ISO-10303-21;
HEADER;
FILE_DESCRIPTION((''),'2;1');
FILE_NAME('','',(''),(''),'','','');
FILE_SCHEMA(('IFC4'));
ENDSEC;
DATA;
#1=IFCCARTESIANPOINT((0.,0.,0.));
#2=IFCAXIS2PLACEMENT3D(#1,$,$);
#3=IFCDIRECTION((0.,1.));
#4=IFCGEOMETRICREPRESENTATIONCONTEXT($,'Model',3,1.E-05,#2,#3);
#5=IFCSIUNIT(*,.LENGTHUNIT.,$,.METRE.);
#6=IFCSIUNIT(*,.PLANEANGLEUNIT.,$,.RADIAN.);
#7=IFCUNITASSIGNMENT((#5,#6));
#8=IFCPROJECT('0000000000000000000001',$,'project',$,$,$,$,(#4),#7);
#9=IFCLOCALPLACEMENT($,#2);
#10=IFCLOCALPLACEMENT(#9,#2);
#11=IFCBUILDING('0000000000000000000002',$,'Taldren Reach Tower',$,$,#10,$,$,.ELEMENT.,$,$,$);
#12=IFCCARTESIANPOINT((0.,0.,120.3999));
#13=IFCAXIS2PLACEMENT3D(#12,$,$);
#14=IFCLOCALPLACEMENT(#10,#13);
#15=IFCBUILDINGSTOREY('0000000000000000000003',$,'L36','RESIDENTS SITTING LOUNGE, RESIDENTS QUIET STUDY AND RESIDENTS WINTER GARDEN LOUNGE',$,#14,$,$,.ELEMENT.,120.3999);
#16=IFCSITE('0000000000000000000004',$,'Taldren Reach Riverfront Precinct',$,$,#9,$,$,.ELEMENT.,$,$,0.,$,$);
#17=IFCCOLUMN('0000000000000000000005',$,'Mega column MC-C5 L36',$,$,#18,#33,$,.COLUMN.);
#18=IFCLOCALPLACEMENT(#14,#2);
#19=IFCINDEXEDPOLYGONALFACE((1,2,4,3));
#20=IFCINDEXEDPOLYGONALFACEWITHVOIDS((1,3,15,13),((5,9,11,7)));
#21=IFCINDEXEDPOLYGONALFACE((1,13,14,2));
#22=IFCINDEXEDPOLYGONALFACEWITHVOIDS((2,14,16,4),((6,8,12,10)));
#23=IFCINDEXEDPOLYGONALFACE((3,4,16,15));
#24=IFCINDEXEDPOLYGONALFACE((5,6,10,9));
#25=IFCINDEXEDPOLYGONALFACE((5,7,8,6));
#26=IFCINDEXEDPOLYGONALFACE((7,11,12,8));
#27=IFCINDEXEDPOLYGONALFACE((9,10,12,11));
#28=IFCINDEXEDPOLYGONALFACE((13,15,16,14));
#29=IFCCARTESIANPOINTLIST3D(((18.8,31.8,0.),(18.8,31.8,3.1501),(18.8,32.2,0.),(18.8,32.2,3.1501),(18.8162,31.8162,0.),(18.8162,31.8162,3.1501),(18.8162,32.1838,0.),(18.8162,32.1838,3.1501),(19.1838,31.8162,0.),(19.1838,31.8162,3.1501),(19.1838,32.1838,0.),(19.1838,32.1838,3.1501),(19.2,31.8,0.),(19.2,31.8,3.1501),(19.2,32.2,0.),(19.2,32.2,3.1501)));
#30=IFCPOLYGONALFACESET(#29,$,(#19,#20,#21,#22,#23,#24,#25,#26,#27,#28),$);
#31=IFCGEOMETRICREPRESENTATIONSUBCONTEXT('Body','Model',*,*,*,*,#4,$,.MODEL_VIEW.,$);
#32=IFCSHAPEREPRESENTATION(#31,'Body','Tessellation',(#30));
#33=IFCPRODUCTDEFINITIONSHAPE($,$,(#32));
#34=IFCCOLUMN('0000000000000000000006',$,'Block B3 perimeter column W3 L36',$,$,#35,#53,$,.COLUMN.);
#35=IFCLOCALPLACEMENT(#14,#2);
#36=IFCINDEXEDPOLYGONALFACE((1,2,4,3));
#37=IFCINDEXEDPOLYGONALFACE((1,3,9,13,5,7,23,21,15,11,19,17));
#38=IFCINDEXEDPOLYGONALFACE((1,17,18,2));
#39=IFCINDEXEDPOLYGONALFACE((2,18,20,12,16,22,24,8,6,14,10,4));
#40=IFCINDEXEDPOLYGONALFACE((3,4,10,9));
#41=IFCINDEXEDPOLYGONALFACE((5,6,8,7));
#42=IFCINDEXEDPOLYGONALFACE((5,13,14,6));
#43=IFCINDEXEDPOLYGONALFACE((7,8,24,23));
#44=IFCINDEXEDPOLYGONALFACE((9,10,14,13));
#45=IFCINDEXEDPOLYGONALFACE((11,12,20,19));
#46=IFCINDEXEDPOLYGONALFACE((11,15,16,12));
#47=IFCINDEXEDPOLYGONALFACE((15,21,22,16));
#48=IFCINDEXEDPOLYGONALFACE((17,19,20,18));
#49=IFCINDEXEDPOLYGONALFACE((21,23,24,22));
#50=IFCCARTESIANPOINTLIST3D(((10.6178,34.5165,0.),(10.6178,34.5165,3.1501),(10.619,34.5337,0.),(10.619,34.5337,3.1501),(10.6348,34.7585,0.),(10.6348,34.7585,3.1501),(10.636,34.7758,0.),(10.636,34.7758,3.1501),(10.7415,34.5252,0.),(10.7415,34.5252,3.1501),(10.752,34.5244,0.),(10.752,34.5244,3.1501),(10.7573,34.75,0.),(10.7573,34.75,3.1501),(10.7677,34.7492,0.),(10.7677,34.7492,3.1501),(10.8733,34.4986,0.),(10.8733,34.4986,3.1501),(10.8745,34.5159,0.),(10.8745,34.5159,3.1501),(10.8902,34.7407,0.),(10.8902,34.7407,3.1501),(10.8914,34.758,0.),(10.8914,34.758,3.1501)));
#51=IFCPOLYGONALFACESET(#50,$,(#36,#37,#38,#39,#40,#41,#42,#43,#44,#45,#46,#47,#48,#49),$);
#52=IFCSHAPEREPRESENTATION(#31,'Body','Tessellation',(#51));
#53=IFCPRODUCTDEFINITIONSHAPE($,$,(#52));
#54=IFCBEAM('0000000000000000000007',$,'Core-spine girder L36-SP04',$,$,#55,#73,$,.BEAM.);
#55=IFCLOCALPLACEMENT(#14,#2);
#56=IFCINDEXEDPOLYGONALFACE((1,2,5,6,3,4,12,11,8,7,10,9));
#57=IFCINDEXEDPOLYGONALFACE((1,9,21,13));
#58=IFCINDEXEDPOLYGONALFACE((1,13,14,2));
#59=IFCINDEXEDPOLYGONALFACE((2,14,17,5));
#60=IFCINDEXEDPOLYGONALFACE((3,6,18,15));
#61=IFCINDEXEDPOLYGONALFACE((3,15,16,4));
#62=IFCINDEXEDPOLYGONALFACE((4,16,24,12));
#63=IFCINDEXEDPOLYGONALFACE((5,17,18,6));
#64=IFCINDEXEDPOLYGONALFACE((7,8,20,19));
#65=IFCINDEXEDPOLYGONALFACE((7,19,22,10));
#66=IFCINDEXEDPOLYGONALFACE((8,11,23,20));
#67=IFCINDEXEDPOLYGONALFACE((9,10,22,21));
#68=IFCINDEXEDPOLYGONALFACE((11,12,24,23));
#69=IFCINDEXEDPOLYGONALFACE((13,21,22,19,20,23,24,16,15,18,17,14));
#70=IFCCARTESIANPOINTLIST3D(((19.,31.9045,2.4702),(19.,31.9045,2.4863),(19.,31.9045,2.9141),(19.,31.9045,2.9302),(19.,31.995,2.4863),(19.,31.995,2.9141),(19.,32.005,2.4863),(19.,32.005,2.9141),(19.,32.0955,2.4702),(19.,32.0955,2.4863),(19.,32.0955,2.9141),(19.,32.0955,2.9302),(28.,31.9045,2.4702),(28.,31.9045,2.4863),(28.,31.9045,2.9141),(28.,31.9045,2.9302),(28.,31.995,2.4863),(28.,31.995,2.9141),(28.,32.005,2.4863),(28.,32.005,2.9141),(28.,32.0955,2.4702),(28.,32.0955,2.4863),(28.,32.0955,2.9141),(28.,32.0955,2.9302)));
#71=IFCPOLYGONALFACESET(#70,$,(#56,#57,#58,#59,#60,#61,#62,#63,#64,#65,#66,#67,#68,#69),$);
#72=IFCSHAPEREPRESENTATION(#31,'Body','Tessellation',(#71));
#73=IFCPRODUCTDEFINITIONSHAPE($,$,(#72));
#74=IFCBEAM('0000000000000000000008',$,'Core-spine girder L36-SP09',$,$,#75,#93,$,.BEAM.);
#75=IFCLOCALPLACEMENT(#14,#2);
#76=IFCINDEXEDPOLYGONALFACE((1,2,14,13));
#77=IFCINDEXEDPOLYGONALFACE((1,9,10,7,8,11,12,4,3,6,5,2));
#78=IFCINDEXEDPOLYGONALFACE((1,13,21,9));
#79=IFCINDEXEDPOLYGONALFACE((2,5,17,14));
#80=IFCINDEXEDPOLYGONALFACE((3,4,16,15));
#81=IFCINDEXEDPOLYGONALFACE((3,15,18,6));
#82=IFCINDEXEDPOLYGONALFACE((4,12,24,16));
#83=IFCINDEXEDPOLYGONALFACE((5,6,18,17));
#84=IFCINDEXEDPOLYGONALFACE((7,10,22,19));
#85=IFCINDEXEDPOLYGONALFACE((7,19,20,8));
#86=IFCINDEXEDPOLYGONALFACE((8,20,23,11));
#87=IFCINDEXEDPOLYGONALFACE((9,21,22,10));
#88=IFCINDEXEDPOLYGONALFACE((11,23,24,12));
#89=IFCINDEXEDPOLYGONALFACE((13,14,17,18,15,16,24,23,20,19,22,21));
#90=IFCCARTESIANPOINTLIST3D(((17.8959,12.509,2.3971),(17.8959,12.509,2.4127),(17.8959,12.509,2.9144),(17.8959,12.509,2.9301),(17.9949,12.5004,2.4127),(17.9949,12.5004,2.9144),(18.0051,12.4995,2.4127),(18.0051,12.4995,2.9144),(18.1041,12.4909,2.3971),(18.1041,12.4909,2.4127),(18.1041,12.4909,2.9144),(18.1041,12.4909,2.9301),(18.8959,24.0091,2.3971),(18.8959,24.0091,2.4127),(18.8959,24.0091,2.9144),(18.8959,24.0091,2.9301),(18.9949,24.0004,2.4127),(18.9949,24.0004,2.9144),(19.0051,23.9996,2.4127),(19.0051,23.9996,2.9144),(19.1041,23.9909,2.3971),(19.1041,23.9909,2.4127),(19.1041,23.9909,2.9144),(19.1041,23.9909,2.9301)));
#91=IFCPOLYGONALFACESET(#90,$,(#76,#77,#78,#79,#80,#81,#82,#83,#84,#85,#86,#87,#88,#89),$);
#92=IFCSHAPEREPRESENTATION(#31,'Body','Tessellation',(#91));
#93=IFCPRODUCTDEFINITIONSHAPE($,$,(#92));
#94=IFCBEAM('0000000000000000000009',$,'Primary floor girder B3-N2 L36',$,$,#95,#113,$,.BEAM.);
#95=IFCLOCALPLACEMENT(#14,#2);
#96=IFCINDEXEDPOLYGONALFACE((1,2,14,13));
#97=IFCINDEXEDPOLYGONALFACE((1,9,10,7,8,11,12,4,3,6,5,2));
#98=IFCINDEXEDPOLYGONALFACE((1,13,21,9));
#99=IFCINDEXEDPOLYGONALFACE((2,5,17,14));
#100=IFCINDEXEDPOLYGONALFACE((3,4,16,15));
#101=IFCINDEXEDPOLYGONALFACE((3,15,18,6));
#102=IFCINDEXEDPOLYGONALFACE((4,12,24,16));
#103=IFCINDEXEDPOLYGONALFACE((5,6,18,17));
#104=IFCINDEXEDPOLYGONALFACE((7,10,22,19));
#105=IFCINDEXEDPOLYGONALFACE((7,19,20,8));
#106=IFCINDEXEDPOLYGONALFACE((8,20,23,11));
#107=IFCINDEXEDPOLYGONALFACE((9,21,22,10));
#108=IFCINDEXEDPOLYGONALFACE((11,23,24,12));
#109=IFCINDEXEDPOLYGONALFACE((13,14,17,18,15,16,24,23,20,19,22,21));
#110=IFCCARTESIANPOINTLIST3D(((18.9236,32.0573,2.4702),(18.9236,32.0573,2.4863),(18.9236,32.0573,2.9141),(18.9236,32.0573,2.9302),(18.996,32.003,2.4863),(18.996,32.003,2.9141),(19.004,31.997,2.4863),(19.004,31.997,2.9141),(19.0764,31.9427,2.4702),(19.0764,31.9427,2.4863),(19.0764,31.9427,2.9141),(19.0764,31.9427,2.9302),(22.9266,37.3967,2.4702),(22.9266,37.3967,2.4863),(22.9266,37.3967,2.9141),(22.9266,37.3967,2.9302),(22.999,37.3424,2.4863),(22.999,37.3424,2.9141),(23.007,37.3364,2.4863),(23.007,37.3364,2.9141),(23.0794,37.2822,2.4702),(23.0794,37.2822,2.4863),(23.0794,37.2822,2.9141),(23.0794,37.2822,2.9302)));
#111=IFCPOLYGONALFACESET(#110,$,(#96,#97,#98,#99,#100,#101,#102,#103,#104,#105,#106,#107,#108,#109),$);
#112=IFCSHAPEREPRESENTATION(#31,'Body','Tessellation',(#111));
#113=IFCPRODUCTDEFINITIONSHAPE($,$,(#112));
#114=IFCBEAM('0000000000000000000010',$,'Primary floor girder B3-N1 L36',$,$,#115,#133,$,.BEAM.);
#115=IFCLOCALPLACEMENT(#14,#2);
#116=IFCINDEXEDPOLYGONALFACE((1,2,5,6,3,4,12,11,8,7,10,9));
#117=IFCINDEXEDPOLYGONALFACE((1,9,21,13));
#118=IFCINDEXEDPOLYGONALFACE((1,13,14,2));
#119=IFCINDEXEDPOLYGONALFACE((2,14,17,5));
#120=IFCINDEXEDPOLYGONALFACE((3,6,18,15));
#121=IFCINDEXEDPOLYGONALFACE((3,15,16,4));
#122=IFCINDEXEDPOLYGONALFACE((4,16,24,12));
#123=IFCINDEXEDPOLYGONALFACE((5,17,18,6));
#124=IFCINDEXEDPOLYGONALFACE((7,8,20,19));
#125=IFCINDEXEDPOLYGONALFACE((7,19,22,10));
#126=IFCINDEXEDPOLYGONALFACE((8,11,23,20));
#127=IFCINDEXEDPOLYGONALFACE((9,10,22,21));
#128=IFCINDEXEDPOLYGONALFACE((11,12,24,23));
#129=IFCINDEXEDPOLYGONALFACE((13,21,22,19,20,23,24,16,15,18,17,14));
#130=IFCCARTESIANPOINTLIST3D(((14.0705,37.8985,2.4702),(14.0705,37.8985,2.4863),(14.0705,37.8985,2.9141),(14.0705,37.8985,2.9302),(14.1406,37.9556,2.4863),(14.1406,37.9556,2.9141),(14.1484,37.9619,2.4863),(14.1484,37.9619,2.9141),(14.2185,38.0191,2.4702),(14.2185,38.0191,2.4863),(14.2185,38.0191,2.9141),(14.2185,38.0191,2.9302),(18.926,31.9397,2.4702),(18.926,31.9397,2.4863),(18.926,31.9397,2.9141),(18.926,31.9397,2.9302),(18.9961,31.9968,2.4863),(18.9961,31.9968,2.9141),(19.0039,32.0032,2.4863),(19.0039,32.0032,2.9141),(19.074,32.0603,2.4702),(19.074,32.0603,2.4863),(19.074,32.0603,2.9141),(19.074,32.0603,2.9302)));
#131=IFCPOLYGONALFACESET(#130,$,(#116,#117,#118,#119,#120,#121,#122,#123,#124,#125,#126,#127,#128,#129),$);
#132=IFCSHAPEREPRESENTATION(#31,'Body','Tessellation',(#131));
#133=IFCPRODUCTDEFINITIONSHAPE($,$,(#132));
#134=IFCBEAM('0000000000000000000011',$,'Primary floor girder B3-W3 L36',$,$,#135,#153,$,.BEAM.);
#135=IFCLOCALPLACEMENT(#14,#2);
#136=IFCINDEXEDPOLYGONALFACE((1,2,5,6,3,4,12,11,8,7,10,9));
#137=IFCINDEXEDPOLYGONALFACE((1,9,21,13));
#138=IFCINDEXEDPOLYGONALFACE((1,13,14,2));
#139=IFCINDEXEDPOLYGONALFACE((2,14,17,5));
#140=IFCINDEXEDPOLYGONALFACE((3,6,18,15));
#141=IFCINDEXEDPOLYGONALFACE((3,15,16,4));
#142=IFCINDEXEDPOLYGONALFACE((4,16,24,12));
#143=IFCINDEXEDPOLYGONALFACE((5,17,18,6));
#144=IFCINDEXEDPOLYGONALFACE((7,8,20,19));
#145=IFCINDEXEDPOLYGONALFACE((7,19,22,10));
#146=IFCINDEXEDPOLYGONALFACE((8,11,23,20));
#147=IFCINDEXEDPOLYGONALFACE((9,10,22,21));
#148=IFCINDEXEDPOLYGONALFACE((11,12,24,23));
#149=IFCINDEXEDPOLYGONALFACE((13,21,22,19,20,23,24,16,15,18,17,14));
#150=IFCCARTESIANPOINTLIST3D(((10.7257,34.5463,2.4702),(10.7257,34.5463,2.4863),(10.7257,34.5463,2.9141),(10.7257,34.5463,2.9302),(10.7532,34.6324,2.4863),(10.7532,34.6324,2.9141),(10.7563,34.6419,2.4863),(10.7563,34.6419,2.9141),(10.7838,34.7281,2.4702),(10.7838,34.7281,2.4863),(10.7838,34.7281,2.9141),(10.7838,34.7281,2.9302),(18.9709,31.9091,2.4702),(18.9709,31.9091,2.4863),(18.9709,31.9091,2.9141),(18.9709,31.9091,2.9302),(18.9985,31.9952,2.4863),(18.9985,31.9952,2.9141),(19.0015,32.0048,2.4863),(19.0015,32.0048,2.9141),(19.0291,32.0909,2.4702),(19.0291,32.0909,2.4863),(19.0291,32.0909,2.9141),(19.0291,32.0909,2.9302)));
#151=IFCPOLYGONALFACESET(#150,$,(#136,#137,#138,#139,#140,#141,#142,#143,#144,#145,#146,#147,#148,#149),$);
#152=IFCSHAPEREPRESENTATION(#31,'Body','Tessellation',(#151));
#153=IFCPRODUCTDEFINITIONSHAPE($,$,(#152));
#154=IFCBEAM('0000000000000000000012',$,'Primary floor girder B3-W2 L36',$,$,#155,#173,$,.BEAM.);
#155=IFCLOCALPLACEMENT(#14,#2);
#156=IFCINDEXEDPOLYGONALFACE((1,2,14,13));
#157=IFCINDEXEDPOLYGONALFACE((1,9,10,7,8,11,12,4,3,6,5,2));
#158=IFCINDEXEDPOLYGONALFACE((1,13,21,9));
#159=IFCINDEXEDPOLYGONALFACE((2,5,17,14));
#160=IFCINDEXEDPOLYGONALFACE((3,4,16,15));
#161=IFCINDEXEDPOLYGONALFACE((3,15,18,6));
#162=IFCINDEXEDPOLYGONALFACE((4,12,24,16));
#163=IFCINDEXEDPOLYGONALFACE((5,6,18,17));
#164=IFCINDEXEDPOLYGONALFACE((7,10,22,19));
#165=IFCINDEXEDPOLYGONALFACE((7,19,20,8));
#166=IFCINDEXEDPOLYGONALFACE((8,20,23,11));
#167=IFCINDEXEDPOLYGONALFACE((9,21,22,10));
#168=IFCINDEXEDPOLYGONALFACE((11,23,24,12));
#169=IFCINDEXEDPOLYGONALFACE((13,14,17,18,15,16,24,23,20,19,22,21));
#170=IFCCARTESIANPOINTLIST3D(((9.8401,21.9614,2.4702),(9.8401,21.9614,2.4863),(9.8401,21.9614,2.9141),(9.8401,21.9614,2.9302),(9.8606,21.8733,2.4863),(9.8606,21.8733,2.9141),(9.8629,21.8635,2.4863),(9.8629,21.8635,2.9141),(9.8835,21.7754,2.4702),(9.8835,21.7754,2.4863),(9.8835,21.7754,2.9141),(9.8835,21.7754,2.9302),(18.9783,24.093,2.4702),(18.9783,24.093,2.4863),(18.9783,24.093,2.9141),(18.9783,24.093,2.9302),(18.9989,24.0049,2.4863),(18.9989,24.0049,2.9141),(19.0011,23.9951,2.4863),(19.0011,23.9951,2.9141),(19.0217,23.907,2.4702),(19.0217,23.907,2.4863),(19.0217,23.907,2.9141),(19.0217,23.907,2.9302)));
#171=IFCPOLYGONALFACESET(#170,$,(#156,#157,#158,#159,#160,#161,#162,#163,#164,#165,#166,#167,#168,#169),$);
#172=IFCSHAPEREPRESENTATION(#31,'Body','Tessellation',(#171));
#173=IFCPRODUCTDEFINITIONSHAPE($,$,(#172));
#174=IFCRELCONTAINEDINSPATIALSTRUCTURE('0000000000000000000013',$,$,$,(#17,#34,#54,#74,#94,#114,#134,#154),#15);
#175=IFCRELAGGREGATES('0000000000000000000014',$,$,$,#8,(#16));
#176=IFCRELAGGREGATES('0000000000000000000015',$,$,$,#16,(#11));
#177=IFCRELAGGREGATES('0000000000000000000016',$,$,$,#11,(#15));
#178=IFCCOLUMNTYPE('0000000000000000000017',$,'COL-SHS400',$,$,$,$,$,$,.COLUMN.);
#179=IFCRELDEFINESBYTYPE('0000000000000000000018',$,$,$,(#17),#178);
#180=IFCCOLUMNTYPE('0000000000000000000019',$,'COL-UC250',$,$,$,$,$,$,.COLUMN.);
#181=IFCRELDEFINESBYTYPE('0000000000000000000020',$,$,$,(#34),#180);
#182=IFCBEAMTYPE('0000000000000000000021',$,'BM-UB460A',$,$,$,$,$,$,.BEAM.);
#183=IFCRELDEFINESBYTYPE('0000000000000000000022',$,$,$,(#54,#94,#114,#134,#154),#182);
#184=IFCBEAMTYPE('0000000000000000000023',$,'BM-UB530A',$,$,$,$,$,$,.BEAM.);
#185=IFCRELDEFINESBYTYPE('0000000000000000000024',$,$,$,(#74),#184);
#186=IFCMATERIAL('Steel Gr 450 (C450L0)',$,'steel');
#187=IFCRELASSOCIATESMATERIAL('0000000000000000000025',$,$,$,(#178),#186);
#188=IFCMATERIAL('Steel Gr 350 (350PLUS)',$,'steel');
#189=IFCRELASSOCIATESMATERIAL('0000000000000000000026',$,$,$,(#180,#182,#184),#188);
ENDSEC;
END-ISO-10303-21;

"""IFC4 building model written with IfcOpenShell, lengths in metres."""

from ifc_helpers import new_model, si_unit, direction, frame, origin, origin_2d, place, context, subcontext, project, spatial, hollow_rectangle, i_section, extrude, source, transform, mapped, material, material_profile, profile_set, type_object, element, save


model = new_model("IFC4")

# Units and contexts
model_context = context("Model", 3, precision=1e-05, world=origin(), true_north=direction((0.0, 1.0)))
body_context = subcontext(model_context, "Body", "Model", "MODEL_VIEW")
ifc_project = project(units=[si_unit("LENGTHUNIT", "METRE"), si_unit("PLANEANGLEUNIT", "RADIAN")], contexts=[model_context])

# Site, building, storey
site_placement = place(None, origin())
site = spatial("IfcSite", under=ifc_project, at=site_placement, Name="Taldren Reach Riverfront Precinct", CompositionType="ELEMENT", RefElevation=0.0)
building_placement = place(site_placement, origin())
building = spatial("IfcBuilding", under=site, at=building_placement, Name="Taldren Reach Tower", CompositionType="ELEMENT")
storey_placement = place(building_placement, frame((0.0, 0.0, 120.3999)))
storey = spatial("IfcBuildingStorey", under=building, at=storey_placement, Name="L36", Description="RESIDENTS SITTING LOUNGE, RESIDENTS QUIET STUDY AND RESIDENTS WINTER GARDEN LOUNGE", CompositionType="ELEMENT", Elevation=120.3999)

# Columns
ifc_material_1 = material(Name="Steel Gr 450 (C450L0)", Category="steel")
ifc_material_profile_1 = material_profile(ifc_material_1, hollow_rectangle(XDim=0.3999, YDim=0.3999, WallThickness=0.0161, at=origin_2d()), Name="400x400x16.0SHS")
ifc_profile_set_1 = profile_set([ifc_material_profile_1], Name="Steel Gr 450 (C450L0)")
column_type_1 = type_object("IfcColumnType", Name="COL-SHS400", PredefinedType="COLUMN", material=ifc_profile_set_1)
shared_shape_1 = source(origin(), body_context, "Body", "SweptSolid", [
    extrude(hollow_rectangle(XDim=0.3999, YDim=0.3999, WallThickness=0.0161, at=origin_2d()), origin(), (0.0, 0.0, 1.0), 3.1501),
])
column_1_placement = place(storey_placement, frame((19.0, 32.0, 0.0), z_axis=(0.0, 0.0, 1.0), x_axis=(1.0, 0.0, 0.0)))
element("IfcColumn", 1, at=column_1_placement, inside=storey, type_object=column_type_1, Name="Mega column MC-C5 L36", PredefinedType="COLUMN", context=body_context, shape_type="MappedRepresentation", body=[
    mapped(shared_shape_1, transform((0.0, 0.0, 0.0), scale=1.0)),
])
ifc_material_2 = material(Name="Steel Gr 350 (350PLUS)", Category="steel")
ifc_material_profile_2 = material_profile(ifc_material_2, i_section(OverallWidth=0.2561, OverallDepth=0.26, WebThickness=0.0105, FlangeThickness=0.0173, at=origin_2d()), Name="250UC89.5")
ifc_profile_set_2 = profile_set([ifc_material_profile_2], Name="Steel Gr 350 (350PLUS)")
column_type_2 = type_object("IfcColumnType", Name="COL-UC250", PredefinedType="COLUMN", material=ifc_profile_set_2)
shared_shape_2 = source(origin(), body_context, "Body", "SweptSolid", [
    extrude(i_section(OverallWidth=0.2561, OverallDepth=0.26, WebThickness=0.0105, FlangeThickness=0.0173, at=origin_2d()), origin(), (0.0, 0.0, 1.0), 3.1501),
])
column_2_placement = place(storey_placement, frame((10.7546, 34.6372, 0.0), z_axis=(0.0, 0.0, 1.0), x_axis=(0.997564, -0.069756, 0.0)))
element("IfcColumn", 2, at=column_2_placement, inside=storey, type_object=column_type_2, Name="Block B3 perimeter column W3 L36", PredefinedType="COLUMN", context=body_context, shape_type="MappedRepresentation", body=[
    mapped(shared_shape_2, transform((0.0, 0.0, 0.0), scale=1.0)),
])

# Beams
ifc_material_profile_3 = material_profile(ifc_material_2, i_section(OverallWidth=0.1909, OverallDepth=0.46, WebThickness=0.01, FlangeThickness=0.0161, at=origin_2d()), Name="460UB82.1")
ifc_profile_set_3 = profile_set([ifc_material_profile_3], Name="Steel Gr 350 (350PLUS)")
beam_type_1 = type_object("IfcBeamType", Name="BM-UB460A", PredefinedType="BEAM", material=ifc_profile_set_3)
shared_shape_3 = source(origin(), body_context, "Body", "SweptSolid", [
    extrude(i_section(OverallWidth=0.1909, OverallDepth=0.46, WebThickness=0.01, FlangeThickness=0.0161, at=origin_2d()), origin(), (0.0, 0.0, 1.0), 9.0),
])
beam_1_placement = place(storey_placement, frame((19.0, 32.0, 2.7002), z_axis=(1.0, 0.0, 0.0), x_axis=(0.0, 1.0, 0.0)))
element("IfcBeam", 3, at=beam_1_placement, inside=storey, type_object=beam_type_1, Name="Core-spine girder L36-SP04", PredefinedType="BEAM", context=body_context, shape_type="MappedRepresentation", body=[
    mapped(shared_shape_3, transform((0.0, 0.0, 0.0), scale=1.0)),
])
ifc_material_profile_4 = material_profile(ifc_material_2, i_section(OverallWidth=0.209, OverallDepth=0.533, WebThickness=0.0103, FlangeThickness=0.0156, at=origin_2d()), Name="530UB92.4")
ifc_profile_set_4 = profile_set([ifc_material_profile_4], Name="Steel Gr 350 (350PLUS)")
beam_type_2 = type_object("IfcBeamType", Name="BM-UB530A", PredefinedType="BEAM", material=ifc_profile_set_4)
shared_shape_4 = source(origin(), body_context, "Body", "SweptSolid", [
    extrude(i_section(OverallWidth=0.209, OverallDepth=0.533, WebThickness=0.0103, FlangeThickness=0.0156, at=origin_2d()), origin(), (0.0, 0.0, 1.0), 11.5435),
])
beam_2_placement = place(storey_placement, frame((19.0, 24.0, 2.6636), z_axis=(-0.08663, -0.996241, 0.0), x_axis=(0.996241, -0.08663, 0.0)))
element("IfcBeam", 4, at=beam_2_placement, inside=storey, type_object=beam_type_2, Name="Core-spine girder L36-SP09", PredefinedType="BEAM", context=body_context, shape_type="MappedRepresentation", body=[
    mapped(shared_shape_4, transform((0.0, 0.0, 0.0), scale=1.0)),
])
shared_shape_5 = source(origin(), body_context, "Body", "SweptSolid", [
    extrude(i_section(OverallWidth=0.1909, OverallDepth=0.46, WebThickness=0.01, FlangeThickness=0.0161, at=origin_2d()), origin(), (0.0, 0.0, 1.0), 6.6733),
])
beam_3_placement = place(storey_placement, frame((19.0, 32.0, 2.7002), z_axis=(0.599848, 0.800114, 0.0), x_axis=(-0.800114, 0.599848, 0.0)))
element("IfcBeam", 5, at=beam_3_placement, inside=storey, type_object=beam_type_1, Name="Primary floor girder B3-N2 L36", PredefinedType="BEAM", context=body_context, shape_type="MappedRepresentation", body=[
    mapped(shared_shape_5, transform((0.0, 0.0, 0.0), scale=1.0)),
])
shared_shape_6 = source(origin(), body_context, "Body", "SweptSolid", [
    extrude(i_section(OverallWidth=0.1909, OverallDepth=0.46, WebThickness=0.01, FlangeThickness=0.0161, at=origin_2d()), origin(), (0.0, 0.0, 1.0), 7.6865),
])
beam_4_placement = place(storey_placement, frame((19.0, 32.0, 2.7002), z_axis=(-0.631689, 0.775222, 0.0), x_axis=(-0.775222, -0.631689, 0.0)))
element("IfcBeam", 6, at=beam_4_placement, inside=storey, type_object=beam_type_1, Name="Primary floor girder B3-N1 L36", PredefinedType="BEAM", context=body_context, shape_type="MappedRepresentation", body=[
    mapped(shared_shape_6, transform((0.0, 0.0, 0.0), scale=1.0)),
])
shared_shape_7 = source(origin(), body_context, "Body", "SweptSolid", [
    extrude(i_section(OverallWidth=0.1909, OverallDepth=0.46, WebThickness=0.01, FlangeThickness=0.0161, at=origin_2d()), origin(), (0.0, 0.0, 1.0), 8.6567),
])
beam_5_placement = place(storey_placement, frame((19.0, 32.0, 2.7002), z_axis=(-0.952468, 0.304639, 0.0), x_axis=(-0.304639, -0.952468, 0.0)))
element("IfcBeam", 7, at=beam_5_placement, inside=storey, type_object=beam_type_1, Name="Primary floor girder B3-W3 L36", PredefinedType="BEAM", context=body_context, shape_type="MappedRepresentation", body=[
    mapped(shared_shape_7, transform((0.0, 0.0, 0.0), scale=1.0)),
])
shared_shape_8 = source(origin(), body_context, "Body", "SweptSolid", [
    extrude(i_section(OverallWidth=0.1909, OverallDepth=0.46, WebThickness=0.01, FlangeThickness=0.0161, at=origin_2d()), origin(), (0.0, 0.0, 1.0), 9.3835),
])
beam_6_placement = place(storey_placement, frame((19.0, 24.0, 2.7002), z_axis=(-0.973857, -0.227164, 0.0), x_axis=(0.227164, -0.973857, 0.0)))
element("IfcBeam", 8, at=beam_6_placement, inside=storey, type_object=beam_type_1, Name="Primary floor girder B3-W2 L36", PredefinedType="BEAM", context=body_context, shape_type="MappedRepresentation", body=[
    mapped(shared_shape_8, transform((0.0, 0.0, 0.0), scale=1.0)),
])

save(model, "model.ifc")
